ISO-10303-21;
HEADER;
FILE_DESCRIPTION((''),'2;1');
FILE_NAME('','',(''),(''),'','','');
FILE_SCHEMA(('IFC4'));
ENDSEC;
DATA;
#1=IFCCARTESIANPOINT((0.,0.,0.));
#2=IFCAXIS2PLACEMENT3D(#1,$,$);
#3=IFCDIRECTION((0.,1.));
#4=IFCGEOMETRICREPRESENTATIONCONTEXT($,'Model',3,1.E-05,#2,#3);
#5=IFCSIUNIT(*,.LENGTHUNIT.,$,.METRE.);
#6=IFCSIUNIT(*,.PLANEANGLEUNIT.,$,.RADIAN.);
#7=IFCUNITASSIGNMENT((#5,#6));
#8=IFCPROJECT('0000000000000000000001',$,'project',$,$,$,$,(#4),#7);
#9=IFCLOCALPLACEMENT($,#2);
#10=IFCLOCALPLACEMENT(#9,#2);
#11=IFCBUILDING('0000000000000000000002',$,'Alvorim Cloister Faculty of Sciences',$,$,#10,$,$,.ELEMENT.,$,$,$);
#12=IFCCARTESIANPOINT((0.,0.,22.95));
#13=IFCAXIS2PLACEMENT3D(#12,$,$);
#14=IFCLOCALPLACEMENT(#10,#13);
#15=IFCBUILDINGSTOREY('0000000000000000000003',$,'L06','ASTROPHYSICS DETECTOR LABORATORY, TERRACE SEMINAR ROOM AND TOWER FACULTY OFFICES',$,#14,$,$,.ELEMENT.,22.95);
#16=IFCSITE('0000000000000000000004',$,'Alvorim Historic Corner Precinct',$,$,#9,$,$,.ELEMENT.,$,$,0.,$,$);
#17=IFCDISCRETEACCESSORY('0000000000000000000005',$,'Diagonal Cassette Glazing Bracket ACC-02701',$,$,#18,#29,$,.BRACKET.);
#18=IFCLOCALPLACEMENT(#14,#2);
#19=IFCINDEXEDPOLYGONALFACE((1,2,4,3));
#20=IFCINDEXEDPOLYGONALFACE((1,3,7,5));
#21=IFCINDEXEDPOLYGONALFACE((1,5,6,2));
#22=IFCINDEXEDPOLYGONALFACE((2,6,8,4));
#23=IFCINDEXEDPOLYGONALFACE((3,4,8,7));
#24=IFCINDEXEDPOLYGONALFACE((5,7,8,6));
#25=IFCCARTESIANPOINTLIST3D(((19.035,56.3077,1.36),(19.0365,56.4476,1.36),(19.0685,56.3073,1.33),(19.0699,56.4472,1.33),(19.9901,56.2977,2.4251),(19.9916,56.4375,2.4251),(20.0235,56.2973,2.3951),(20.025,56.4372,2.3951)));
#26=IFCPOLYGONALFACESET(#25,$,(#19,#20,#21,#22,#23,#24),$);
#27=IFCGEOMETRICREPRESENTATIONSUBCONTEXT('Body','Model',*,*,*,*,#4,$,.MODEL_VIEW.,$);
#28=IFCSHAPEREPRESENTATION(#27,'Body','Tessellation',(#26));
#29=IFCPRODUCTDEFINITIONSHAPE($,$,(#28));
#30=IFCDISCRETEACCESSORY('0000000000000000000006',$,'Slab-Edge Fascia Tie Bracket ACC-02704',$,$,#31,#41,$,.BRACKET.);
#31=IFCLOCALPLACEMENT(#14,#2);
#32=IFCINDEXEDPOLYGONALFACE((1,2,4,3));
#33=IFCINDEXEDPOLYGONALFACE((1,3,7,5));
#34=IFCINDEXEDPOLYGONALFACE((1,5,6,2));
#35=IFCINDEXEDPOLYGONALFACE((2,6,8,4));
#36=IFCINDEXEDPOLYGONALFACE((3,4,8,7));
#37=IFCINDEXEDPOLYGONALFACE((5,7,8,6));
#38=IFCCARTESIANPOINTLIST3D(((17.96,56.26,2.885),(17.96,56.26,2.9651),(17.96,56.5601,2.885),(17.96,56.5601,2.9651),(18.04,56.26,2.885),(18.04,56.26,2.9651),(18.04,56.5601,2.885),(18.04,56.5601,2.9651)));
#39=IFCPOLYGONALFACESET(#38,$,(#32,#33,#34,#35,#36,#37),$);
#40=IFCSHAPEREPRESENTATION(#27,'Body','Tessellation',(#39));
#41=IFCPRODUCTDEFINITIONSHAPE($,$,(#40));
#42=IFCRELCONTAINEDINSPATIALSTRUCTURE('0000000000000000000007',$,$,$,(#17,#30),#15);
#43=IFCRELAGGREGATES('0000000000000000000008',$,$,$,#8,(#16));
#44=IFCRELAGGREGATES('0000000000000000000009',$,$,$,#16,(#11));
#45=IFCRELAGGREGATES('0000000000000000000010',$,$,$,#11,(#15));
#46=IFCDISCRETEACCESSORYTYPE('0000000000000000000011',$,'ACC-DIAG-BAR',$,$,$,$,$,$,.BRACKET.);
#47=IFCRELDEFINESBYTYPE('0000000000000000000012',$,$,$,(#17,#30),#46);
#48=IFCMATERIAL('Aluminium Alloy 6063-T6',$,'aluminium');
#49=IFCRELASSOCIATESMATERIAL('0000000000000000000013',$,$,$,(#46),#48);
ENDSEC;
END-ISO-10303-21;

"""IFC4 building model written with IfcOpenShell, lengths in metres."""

from ifc_helpers import new_model, si_unit, direction, frame, origin, origin_2d, place, context, subcontext, project, spatial, rectangle, extrude, material, type_object, element, save


model = new_model("IFC4")

# Units and contexts
model_context = context("Model", 3, precision=1e-05, world=origin(), true_north=direction((0.0, 1.0)))
body_context = subcontext(model_context, "Body", "Model", "MODEL_VIEW")
ifc_project = project(units=[si_unit("LENGTHUNIT", "METRE"), si_unit("PLANEANGLEUNIT", "RADIAN")], contexts=[model_context])

# Site, building, storey
site_placement = place(None, origin())
site = spatial("IfcSite", under=ifc_project, at=site_placement, Name="Alvorim Historic Corner Precinct", CompositionType="ELEMENT", RefElevation=0.0)
building_placement = place(site_placement, origin())
building = spatial("IfcBuilding", under=site, at=building_placement, Name="Alvorim Cloister Faculty of Sciences", CompositionType="ELEMENT")
storey_placement = place(building_placement, frame((0.0, 0.0, 22.95)))
storey = spatial("IfcBuildingStorey", under=building, at=storey_placement, Name="L06", Description="ASTROPHYSICS DETECTOR LABORATORY, TERRACE SEMINAR ROOM AND TOWER FACULTY OFFICES", CompositionType="ELEMENT", Elevation=22.95)

# Shared definitions
ifc_material_1 = material(Name="Aluminium Alloy 6063-T6", Category="aluminium")

# Discrete accessories
discrete_accessory_type = type_object("IfcDiscreteAccessoryType", Name="ACC-DIAG-BAR", PredefinedType="BRACKET", material=ifc_material_1)
discrete_accessory_1_placement = place(storey_placement, frame((19.0525, 56.3774, 1.345), z_axis=(0.667561, -0.006996, 0.744522), x_axis=(0.01048, 0.999945, 0.0)))
element("IfcDiscreteAccessory", 1, at=discrete_accessory_1_placement, inside=storey, type_object=discrete_accessory_type, Name="Diagonal Cassette Glazing Bracket ACC-02701", PredefinedType="BRACKET", context=body_context, shape_type="SweptSolid", body=[
    extrude(rectangle(XDim=0.1399, YDim=0.0449, at=origin_2d()), origin(), (0.0, 0.0, 1.0), 1.4307),
])
discrete_accessory_2_placement = place(storey_placement, frame((18.0, 56.26, 2.925), z_axis=(0.0, 1.0, 0.0), x_axis=(-1.0, 0.0, 0.0)))
element("IfcDiscreteAccessory", 2, at=discrete_accessory_2_placement, inside=storey, type_object=discrete_accessory_type, Name="Slab-Edge Fascia Tie Bracket ACC-02704", PredefinedType="BRACKET", context=body_context, shape_type="SweptSolid", body=[
    extrude(rectangle(XDim=0.0801, YDim=0.0801, at=origin_2d()), origin(), (0.0, 0.0, 1.0), 0.3),
])

save(model, "model.ifc")
